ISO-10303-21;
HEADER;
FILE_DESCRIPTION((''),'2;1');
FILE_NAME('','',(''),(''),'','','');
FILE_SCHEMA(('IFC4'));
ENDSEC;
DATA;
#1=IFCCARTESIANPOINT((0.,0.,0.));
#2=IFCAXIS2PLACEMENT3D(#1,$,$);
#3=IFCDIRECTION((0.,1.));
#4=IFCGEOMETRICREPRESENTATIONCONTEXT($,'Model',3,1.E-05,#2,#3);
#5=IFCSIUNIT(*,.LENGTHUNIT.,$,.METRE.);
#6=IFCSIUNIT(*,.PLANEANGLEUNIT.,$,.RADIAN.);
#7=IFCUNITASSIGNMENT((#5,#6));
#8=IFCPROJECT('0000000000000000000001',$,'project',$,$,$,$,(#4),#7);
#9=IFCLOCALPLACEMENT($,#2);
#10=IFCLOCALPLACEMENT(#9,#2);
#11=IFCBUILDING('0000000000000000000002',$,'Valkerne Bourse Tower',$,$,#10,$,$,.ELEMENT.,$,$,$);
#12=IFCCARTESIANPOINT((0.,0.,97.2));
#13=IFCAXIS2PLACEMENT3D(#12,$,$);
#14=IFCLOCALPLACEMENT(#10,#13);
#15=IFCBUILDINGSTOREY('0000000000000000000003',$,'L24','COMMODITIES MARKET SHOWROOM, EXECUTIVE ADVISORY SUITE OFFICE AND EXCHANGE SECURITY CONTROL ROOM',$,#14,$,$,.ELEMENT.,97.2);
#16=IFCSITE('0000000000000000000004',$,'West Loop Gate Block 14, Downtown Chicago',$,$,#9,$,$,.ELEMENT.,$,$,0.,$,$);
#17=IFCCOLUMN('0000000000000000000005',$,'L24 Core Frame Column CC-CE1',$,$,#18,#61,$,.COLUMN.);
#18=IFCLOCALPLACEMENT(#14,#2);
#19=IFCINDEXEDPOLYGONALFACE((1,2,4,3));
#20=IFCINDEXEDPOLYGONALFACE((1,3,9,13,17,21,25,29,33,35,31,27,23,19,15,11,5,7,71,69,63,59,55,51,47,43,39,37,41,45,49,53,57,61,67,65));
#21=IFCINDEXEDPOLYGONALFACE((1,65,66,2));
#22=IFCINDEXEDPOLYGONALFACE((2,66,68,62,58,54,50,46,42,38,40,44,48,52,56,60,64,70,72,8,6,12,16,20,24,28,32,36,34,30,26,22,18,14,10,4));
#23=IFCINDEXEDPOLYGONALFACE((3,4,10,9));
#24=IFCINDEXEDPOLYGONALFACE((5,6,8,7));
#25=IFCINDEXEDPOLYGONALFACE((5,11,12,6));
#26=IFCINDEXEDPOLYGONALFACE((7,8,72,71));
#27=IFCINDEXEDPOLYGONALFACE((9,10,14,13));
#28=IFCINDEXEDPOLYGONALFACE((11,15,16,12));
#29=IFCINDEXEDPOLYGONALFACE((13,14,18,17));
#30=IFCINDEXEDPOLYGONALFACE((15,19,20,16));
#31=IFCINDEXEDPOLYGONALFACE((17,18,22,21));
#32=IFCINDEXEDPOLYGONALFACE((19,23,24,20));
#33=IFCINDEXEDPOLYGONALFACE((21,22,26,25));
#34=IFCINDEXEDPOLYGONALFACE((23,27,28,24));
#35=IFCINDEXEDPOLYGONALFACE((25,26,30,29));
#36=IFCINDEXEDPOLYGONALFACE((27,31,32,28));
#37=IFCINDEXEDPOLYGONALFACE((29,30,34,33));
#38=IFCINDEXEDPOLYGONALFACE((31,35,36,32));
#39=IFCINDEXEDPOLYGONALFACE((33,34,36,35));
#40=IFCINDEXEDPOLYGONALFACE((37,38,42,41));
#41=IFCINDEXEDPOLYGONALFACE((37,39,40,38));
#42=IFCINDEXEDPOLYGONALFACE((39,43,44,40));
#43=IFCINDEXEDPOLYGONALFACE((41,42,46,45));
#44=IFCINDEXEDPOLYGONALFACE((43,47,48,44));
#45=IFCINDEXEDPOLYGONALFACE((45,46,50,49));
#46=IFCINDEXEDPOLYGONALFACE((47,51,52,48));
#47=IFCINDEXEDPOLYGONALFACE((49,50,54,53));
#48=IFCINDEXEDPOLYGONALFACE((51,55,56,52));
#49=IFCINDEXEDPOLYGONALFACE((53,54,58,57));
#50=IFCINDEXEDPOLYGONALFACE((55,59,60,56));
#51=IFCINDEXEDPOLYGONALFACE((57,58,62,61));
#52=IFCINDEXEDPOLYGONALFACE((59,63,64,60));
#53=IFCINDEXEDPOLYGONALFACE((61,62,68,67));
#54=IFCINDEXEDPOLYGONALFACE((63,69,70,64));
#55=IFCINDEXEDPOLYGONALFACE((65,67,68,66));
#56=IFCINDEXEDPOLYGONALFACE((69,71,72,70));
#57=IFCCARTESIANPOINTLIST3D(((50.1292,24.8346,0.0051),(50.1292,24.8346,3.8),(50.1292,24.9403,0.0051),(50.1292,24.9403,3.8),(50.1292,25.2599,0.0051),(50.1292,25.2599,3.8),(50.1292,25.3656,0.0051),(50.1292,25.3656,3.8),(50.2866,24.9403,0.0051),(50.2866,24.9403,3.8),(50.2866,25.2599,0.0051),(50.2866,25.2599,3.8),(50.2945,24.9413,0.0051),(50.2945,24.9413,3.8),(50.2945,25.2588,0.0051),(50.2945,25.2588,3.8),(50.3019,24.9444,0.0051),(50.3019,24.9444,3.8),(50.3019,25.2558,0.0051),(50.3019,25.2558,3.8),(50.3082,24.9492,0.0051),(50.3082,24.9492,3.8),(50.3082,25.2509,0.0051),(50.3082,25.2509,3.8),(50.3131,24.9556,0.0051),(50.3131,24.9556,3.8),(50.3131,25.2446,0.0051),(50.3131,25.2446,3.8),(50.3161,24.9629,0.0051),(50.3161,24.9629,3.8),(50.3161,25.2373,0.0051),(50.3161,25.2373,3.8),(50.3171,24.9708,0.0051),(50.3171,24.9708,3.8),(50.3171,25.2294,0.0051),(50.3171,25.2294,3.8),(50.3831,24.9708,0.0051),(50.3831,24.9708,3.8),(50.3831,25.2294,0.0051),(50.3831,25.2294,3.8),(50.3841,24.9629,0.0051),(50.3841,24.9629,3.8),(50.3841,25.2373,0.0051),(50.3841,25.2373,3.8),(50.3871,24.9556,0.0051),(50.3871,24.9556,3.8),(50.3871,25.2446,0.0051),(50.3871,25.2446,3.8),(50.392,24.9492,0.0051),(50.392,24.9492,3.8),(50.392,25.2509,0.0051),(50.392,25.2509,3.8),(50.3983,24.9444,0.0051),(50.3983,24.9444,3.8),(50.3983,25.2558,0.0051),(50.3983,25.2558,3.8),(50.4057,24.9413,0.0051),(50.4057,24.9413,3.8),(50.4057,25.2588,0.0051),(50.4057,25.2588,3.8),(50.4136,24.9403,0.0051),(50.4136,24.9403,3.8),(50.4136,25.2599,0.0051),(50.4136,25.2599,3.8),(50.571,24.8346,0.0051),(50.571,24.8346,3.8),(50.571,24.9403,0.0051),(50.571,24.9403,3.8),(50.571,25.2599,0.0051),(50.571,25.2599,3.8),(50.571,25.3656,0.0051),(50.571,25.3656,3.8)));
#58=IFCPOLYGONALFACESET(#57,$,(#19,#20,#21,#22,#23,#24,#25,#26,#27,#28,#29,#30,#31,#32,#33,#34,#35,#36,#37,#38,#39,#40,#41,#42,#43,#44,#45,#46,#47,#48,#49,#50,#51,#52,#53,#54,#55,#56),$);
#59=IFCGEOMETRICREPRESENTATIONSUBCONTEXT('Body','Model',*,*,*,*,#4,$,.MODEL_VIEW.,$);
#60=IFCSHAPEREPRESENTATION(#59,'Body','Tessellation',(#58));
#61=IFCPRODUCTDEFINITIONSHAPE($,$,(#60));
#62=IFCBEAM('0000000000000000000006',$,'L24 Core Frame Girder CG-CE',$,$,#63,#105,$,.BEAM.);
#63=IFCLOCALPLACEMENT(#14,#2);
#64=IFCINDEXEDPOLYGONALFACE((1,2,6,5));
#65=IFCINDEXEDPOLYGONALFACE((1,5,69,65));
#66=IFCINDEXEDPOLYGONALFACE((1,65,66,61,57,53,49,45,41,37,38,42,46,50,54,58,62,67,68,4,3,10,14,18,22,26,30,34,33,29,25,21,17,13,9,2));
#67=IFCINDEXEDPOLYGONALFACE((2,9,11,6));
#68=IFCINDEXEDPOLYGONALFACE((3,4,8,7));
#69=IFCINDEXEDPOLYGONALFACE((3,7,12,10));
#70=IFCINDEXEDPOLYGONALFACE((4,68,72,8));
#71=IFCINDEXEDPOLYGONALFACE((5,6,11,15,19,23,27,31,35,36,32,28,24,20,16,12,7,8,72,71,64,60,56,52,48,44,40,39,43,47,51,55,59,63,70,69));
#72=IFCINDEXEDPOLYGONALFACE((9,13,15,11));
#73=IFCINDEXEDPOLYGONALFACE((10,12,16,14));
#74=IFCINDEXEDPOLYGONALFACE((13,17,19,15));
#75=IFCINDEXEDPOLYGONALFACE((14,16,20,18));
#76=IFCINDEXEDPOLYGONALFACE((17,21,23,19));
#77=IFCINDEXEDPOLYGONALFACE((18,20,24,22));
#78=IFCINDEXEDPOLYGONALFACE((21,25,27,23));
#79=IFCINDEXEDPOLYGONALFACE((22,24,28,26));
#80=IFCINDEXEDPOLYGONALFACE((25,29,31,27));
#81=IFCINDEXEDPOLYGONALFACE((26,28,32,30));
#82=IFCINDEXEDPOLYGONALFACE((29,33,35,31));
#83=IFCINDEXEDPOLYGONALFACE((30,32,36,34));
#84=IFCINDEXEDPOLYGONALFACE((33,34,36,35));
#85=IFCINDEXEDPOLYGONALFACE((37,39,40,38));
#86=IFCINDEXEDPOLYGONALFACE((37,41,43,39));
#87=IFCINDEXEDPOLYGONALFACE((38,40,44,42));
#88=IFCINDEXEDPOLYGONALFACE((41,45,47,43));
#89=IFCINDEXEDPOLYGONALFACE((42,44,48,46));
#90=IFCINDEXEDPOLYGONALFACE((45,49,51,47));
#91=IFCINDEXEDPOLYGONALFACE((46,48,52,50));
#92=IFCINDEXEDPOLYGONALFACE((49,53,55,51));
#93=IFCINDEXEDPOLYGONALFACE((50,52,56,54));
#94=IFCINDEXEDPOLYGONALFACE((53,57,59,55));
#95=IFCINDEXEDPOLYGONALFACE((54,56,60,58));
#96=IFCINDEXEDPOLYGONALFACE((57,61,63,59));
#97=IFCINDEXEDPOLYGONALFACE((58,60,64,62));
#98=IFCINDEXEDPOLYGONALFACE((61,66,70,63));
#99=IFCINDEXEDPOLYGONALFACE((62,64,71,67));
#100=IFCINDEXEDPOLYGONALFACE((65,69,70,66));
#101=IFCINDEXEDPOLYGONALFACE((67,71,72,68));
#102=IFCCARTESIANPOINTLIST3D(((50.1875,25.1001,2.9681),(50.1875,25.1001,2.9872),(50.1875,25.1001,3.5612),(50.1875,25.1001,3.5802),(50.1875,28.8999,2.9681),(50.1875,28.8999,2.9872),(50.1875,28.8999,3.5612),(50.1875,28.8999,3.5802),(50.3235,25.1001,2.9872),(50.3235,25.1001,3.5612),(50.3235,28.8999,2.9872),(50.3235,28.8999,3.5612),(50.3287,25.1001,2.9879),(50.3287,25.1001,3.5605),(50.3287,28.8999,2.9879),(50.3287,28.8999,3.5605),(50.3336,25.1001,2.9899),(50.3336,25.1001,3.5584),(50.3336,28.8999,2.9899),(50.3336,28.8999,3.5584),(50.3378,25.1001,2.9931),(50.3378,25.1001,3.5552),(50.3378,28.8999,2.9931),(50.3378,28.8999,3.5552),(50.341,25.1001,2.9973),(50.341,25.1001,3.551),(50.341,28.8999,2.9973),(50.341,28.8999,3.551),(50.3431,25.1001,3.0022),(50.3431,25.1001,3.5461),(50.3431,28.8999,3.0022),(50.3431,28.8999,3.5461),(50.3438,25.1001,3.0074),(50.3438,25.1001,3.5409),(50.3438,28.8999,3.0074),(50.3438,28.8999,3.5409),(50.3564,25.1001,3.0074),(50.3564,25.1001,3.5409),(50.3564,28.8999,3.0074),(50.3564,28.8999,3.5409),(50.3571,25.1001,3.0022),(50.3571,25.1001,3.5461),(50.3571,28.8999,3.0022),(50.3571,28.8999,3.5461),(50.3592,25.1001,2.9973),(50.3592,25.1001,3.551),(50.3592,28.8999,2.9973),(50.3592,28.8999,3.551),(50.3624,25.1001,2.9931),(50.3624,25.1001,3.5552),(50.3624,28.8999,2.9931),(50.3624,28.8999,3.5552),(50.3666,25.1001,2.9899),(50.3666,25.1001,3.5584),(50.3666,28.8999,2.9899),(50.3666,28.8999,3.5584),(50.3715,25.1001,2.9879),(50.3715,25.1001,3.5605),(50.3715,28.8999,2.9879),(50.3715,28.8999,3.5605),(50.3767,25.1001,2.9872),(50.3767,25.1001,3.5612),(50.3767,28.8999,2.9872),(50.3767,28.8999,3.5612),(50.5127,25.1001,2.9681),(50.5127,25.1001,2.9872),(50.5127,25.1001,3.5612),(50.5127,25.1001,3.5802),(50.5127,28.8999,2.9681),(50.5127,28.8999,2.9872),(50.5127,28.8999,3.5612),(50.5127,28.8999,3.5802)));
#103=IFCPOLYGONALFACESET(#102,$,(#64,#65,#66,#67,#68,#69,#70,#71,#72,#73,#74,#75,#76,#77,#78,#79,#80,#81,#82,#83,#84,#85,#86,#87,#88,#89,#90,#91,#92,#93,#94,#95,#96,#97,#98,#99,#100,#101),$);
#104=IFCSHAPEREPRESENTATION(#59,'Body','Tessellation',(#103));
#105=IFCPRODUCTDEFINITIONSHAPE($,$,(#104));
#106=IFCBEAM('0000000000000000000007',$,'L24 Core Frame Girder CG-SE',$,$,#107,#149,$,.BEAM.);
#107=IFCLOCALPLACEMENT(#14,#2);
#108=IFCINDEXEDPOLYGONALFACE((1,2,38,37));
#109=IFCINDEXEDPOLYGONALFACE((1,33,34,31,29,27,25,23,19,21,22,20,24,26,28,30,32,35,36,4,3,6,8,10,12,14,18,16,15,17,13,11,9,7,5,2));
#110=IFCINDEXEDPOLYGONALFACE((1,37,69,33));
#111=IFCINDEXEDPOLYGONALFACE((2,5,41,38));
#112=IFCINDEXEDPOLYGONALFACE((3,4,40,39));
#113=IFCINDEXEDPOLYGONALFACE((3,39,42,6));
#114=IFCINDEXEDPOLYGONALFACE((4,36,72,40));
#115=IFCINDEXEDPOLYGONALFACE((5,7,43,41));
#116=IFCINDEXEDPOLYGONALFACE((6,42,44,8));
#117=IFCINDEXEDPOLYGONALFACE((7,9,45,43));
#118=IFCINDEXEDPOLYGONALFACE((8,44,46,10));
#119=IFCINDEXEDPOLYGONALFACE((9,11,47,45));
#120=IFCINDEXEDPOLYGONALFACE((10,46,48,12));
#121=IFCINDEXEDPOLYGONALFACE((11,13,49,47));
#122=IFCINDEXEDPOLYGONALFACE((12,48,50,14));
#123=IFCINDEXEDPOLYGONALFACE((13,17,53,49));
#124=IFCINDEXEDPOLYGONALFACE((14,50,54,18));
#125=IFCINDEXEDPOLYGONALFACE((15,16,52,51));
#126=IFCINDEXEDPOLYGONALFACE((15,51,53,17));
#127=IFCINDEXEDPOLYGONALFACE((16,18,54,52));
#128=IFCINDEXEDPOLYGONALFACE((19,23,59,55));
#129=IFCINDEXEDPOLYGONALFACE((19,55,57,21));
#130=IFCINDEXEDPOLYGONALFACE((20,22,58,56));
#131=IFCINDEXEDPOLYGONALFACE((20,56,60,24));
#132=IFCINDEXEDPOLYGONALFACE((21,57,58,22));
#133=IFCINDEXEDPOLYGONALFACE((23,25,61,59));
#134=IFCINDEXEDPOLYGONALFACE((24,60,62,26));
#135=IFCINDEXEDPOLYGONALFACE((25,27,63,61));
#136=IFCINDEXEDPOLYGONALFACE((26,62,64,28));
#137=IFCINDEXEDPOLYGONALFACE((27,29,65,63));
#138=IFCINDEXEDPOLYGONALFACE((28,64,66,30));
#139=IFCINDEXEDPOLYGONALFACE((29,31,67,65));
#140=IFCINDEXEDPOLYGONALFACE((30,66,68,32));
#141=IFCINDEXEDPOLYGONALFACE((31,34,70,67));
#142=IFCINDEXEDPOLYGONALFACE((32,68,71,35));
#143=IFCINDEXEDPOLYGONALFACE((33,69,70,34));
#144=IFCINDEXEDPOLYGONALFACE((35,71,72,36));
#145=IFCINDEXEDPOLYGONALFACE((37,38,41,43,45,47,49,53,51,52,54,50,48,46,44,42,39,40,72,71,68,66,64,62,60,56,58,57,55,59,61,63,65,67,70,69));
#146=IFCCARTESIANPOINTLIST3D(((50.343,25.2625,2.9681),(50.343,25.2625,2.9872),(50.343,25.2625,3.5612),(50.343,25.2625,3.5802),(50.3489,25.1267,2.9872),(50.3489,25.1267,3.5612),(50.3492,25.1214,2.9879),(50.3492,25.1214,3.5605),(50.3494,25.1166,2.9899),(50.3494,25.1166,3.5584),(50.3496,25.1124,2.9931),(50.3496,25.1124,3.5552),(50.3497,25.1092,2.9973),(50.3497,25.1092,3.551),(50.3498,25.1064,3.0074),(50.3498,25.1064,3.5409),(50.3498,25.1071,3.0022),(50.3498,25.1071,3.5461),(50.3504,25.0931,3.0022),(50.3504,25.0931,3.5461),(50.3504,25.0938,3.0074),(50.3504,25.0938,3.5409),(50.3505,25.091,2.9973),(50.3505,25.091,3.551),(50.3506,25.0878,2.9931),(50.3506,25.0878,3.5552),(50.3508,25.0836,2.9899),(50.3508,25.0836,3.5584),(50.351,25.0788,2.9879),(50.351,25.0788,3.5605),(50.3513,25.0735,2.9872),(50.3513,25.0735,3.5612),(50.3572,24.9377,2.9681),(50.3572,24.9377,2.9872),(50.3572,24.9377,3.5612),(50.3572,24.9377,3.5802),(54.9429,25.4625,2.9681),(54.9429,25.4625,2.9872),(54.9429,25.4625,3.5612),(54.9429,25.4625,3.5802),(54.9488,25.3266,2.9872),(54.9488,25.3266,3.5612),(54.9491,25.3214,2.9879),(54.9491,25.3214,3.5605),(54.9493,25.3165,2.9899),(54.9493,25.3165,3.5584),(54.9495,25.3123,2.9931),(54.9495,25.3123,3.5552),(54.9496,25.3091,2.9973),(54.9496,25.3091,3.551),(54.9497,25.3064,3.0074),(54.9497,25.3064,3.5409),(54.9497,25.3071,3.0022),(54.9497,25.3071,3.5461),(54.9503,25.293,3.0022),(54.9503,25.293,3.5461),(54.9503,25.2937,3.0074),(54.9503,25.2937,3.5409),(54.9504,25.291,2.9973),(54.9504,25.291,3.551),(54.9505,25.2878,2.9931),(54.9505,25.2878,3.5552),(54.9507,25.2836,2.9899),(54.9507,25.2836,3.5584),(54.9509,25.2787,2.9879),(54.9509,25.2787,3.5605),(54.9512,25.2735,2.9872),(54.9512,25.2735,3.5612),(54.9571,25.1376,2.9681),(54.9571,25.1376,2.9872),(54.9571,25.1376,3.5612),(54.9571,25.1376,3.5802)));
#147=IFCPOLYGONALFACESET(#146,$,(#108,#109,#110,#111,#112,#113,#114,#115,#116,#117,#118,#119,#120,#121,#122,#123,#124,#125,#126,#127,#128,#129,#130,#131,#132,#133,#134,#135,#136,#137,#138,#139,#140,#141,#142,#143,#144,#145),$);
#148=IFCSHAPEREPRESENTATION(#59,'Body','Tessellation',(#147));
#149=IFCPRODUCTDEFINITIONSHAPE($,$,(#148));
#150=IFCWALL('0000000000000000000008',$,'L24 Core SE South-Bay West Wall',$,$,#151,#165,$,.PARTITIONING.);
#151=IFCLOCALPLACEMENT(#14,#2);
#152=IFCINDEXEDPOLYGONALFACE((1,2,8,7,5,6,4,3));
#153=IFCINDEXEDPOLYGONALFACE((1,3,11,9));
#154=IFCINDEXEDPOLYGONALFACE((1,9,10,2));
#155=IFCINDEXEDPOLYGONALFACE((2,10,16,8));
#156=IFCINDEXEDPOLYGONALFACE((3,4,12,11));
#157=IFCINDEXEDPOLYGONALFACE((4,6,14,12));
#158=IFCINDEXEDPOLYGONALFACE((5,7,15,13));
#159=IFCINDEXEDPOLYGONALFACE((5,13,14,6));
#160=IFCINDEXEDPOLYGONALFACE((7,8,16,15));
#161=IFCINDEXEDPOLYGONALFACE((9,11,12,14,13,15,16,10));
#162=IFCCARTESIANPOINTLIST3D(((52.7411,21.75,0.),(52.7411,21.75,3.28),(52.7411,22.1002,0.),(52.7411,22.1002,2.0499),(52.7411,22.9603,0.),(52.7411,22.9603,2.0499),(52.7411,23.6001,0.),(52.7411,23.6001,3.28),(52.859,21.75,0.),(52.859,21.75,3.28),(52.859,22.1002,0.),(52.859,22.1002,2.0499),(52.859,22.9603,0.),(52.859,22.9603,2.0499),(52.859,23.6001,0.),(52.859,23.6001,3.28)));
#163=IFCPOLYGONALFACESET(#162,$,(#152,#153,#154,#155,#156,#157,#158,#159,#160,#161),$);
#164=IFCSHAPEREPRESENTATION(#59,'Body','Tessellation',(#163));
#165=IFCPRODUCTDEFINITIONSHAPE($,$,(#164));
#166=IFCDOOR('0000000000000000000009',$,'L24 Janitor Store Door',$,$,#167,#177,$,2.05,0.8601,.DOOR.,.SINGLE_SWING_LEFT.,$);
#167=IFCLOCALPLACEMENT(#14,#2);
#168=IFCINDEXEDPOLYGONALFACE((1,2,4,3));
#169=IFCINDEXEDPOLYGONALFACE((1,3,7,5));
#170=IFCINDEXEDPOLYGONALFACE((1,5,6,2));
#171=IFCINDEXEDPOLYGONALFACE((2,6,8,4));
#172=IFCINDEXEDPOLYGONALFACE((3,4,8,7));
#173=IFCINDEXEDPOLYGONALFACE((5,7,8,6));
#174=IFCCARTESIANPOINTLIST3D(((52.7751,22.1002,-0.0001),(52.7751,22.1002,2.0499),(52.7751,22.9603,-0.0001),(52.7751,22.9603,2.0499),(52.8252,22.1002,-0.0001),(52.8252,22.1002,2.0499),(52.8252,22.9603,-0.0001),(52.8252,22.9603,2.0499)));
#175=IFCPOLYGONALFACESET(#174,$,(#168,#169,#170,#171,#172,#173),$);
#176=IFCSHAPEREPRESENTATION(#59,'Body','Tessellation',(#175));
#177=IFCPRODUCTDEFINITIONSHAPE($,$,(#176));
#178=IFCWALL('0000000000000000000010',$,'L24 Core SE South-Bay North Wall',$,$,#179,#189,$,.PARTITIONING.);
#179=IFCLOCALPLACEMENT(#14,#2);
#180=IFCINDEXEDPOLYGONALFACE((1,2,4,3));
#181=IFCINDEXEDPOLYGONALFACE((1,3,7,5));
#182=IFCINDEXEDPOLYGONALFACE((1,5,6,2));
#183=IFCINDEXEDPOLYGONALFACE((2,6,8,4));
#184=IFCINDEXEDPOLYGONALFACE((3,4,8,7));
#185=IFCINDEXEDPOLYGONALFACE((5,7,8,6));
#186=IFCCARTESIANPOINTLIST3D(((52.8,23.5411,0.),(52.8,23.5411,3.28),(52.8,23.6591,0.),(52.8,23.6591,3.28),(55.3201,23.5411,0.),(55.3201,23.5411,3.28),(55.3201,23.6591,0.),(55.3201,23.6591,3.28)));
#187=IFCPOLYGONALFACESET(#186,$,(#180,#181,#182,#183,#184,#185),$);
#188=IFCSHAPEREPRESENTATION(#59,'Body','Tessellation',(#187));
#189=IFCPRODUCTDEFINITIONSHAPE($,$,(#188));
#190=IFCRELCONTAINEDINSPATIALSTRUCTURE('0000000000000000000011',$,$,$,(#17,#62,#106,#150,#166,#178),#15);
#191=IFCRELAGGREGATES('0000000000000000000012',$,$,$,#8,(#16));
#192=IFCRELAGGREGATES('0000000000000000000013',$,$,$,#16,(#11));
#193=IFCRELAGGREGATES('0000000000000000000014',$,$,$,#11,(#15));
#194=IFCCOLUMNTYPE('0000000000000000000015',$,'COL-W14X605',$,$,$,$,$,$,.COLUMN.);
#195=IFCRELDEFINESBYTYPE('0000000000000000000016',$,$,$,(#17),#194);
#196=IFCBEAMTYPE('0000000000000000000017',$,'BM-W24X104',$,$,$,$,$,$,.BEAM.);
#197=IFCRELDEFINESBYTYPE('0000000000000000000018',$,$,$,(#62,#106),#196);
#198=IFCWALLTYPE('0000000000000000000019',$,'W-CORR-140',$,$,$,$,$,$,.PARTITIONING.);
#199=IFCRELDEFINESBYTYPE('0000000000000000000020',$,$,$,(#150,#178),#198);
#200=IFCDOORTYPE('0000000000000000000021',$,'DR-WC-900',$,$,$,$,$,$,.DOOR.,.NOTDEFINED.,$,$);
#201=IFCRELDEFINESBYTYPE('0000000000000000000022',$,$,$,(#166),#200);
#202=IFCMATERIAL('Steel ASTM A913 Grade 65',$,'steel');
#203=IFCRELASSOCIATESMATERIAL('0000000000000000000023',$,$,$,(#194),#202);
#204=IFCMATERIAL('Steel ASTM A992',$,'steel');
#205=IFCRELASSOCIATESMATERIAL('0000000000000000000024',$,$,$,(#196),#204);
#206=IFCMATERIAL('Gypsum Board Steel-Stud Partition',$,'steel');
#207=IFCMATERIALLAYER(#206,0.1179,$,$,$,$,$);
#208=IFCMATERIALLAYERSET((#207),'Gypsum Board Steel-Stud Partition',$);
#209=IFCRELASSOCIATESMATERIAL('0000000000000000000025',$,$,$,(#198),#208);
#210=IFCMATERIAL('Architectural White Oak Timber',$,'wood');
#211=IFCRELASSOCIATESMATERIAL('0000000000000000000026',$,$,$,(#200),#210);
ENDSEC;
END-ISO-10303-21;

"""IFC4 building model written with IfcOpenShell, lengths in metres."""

from ifc_helpers import new_model, si_unit, direction, frame, frame_2d, origin, origin_2d, place, context, subcontext, project, spatial, rectangle, i_section, extrude, material, layer, layer_set, material_profile, profile_set, type_object, element, fill, save


model = new_model("IFC4")

# Units and contexts
model_context = context("Model", 3, precision=1e-05, world=origin(), true_north=direction((0.0, 1.0)))
body_context = subcontext(model_context, "Body", "Model", "MODEL_VIEW")
ifc_project = project(units=[si_unit("LENGTHUNIT", "METRE"), si_unit("PLANEANGLEUNIT", "RADIAN")], contexts=[model_context])

# Site, building, storey
site_placement = place(None, origin())
site = spatial("IfcSite", under=ifc_project, at=site_placement, Name="West Loop Gate Block 14, Downtown Chicago", CompositionType="ELEMENT", RefElevation=0.0)
building_placement = place(site_placement, origin())
building = spatial("IfcBuilding", under=site, at=building_placement, Name="Valkerne Bourse Tower", CompositionType="ELEMENT")
storey_placement = place(building_placement, frame((0.0, 0.0, 97.2)))
storey = spatial("IfcBuildingStorey", under=building, at=storey_placement, Name="L24", Description="COMMODITIES MARKET SHOWROOM, EXECUTIVE ADVISORY SUITE OFFICE AND EXCHANGE SECURITY CONTROL ROOM", CompositionType="ELEMENT", Elevation=97.2)

# Column
ifc_material_1 = material(Name="Steel ASTM A913 Grade 65", Category="steel")
ifc_material_profile_1 = material_profile(ifc_material_1, i_section(OverallWidth=0.4419, OverallDepth=0.531, WebThickness=0.0659, FlangeThickness=0.1057, FilletRadius=0.0305, at=origin_2d()), Name="W14X605")
ifc_profile_set_1 = profile_set([ifc_material_profile_1], Name="Steel ASTM A913 Grade 65")
column_type = type_object("IfcColumnType", Name="COL-W14X605", PredefinedType="COLUMN", material=ifc_profile_set_1)
column_placement = place(storey_placement, frame((50.3501, 25.1001, 0.0051), z_axis=(0.0, 0.0, 1.0), x_axis=(1.0, 0.0, 0.0)))
element("IfcColumn", 1, at=column_placement, inside=storey, type_object=column_type, Name="L24 Core Frame Column CC-CE1", PredefinedType="COLUMN", context=body_context, shape_type="SweptSolid", body=[
    extrude(i_section(OverallWidth=0.4419, OverallDepth=0.531, WebThickness=0.0659, FlangeThickness=0.1057, FilletRadius=0.0305, at=origin_2d()), origin(), (0.0, 0.0, 1.0), 3.7949),
])

# Beams
ifc_material_2 = material(Name="Steel ASTM A992", Category="steel")
ifc_material_profile_2 = material_profile(ifc_material_2, i_section(OverallWidth=0.3252, OverallDepth=0.6121, WebThickness=0.0127, FlangeThickness=0.019, FilletRadius=0.0203, at=origin_2d()), Name="W24X104")
ifc_profile_set_2 = profile_set([ifc_material_profile_2], Name="Steel ASTM A992")
beam_type = type_object("IfcBeamType", Name="BM-W24X104", PredefinedType="BEAM", material=ifc_profile_set_2)
beam_1_placement = place(storey_placement, frame((50.3501, 25.1001, 3.2742), z_axis=(0.0, 1.0, 0.0), x_axis=(-1.0, 0.0, 0.0)))
element("IfcBeam", 2, at=beam_1_placement, inside=storey, type_object=beam_type, Name="L24 Core Frame Girder CG-CE", PredefinedType="BEAM", context=body_context, shape_type="SweptSolid", body=[
    extrude(i_section(OverallWidth=0.3252, OverallDepth=0.6121, WebThickness=0.0127, FlangeThickness=0.019, FilletRadius=0.0203, at=origin_2d()), origin(), (0.0, 0.0, 1.0), 3.7998),
])
beam_2_placement = place(storey_placement, frame((50.3501, 25.1001, 3.2742), z_axis=(0.999057, 0.043428, 0.0), x_axis=(-0.043428, 0.999057, 0.0)))
element("IfcBeam", 3, at=beam_2_placement, inside=storey, type_object=beam_type, Name="L24 Core Frame Girder CG-SE", PredefinedType="BEAM", context=body_context, shape_type="SweptSolid", body=[
    extrude(i_section(OverallWidth=0.3252, OverallDepth=0.6121, WebThickness=0.0127, FlangeThickness=0.019, FilletRadius=0.0203, at=origin_2d()), origin(), (0.0, 0.0, 1.0), 4.6042),
])

# Wall, opening, door
ifc_material_3 = material(Name="Gypsum Board Steel-Stud Partition", Category="steel")
ifc_layer_1 = layer(ifc_material_3, 0.1179)
ifc_layer_set_1 = layer_set([ifc_layer_1], Name="Gypsum Board Steel-Stud Partition")
wall_type_1 = type_object("IfcWallType", Name="W-CORR-140", PredefinedType="PARTITIONING", material=ifc_layer_set_1)
wall_1_placement = place(storey_placement, frame((52.8, 21.75, 0.0), z_axis=(0.0, 0.0, 1.0), x_axis=(0.0, 1.0, 0.0)))
wall_1 = element("IfcWall", 4, at=wall_1_placement, inside=storey, type_object=wall_type_1, Name="L24 Core SE South-Bay West Wall", PredefinedType="PARTITIONING", context=body_context, shape_type="SweptSolid", body=[
    extrude(rectangle(XDim=1.8501, YDim=0.1179, at=frame_2d((0.925, 0.0))), origin(), (0.0, 0.0, 1.0), 3.28),
])
opening_1_placement = place(wall_1_placement, frame((0.3501, 0.0, 0.0)))
opening_1 = element("IfcOpeningElement", 5, at=opening_1_placement, cuts=wall_1, PredefinedType="OPENING", context=body_context, shape_type="SweptSolid", body=[
    extrude(rectangle(XDim=0.8601, YDim=2.05, at=frame_2d((0.4302, 1.0249))), frame((0.0, 0.0688, 0.0), z_axis=(0.0, -1.0, 0.0), x_axis=(1.0, 0.0, 0.0)), (0.0, 0.0, 1.0), 0.1379),
])
ifc_material_4 = material(Name="Architectural White Oak Timber", Category="wood")
door_type_1 = type_object("IfcDoorType", Name="DR-WC-900", OperationType="NOTDEFINED", PredefinedType="DOOR", material=ifc_material_4)
door_1_placement = place(opening_1_placement, origin())
door_1 = element("IfcDoor", 6, at=door_1_placement, inside=storey, type_object=door_type_1, Name="L24 Janitor Store Door", OperationType="SINGLE_SWING_LEFT", OverallHeight=2.05, OverallWidth=0.8601, PredefinedType="DOOR", context=body_context, shape_type="SweptSolid", body=[
    extrude(rectangle(XDim=0.8601, YDim=2.05, at=frame_2d((0.4302, 1.0249))), frame((0.0, 0.0249, 0.0), z_axis=(0.0, -1.0, 0.0), x_axis=(1.0, 0.0, 0.0)), (0.0, 0.0, 1.0), 0.05),
])
fill(opening_1, door_1)

# Wall
wall_2_placement = place(storey_placement, frame((52.8, 23.6001, 0.0), z_axis=(0.0, 0.0, 1.0), x_axis=(1.0, 0.0, 0.0)))
element("IfcWall", 7, at=wall_2_placement, inside=storey, type_object=wall_type_1, Name="L24 Core SE South-Bay North Wall", PredefinedType="PARTITIONING", context=body_context, shape_type="SweptSolid", body=[
    extrude(rectangle(XDim=2.52, YDim=0.1179, at=frame_2d((1.26, 0.0))), origin(), (0.0, 0.0, 1.0), 3.28),
])

save(model, "model.ifc")
